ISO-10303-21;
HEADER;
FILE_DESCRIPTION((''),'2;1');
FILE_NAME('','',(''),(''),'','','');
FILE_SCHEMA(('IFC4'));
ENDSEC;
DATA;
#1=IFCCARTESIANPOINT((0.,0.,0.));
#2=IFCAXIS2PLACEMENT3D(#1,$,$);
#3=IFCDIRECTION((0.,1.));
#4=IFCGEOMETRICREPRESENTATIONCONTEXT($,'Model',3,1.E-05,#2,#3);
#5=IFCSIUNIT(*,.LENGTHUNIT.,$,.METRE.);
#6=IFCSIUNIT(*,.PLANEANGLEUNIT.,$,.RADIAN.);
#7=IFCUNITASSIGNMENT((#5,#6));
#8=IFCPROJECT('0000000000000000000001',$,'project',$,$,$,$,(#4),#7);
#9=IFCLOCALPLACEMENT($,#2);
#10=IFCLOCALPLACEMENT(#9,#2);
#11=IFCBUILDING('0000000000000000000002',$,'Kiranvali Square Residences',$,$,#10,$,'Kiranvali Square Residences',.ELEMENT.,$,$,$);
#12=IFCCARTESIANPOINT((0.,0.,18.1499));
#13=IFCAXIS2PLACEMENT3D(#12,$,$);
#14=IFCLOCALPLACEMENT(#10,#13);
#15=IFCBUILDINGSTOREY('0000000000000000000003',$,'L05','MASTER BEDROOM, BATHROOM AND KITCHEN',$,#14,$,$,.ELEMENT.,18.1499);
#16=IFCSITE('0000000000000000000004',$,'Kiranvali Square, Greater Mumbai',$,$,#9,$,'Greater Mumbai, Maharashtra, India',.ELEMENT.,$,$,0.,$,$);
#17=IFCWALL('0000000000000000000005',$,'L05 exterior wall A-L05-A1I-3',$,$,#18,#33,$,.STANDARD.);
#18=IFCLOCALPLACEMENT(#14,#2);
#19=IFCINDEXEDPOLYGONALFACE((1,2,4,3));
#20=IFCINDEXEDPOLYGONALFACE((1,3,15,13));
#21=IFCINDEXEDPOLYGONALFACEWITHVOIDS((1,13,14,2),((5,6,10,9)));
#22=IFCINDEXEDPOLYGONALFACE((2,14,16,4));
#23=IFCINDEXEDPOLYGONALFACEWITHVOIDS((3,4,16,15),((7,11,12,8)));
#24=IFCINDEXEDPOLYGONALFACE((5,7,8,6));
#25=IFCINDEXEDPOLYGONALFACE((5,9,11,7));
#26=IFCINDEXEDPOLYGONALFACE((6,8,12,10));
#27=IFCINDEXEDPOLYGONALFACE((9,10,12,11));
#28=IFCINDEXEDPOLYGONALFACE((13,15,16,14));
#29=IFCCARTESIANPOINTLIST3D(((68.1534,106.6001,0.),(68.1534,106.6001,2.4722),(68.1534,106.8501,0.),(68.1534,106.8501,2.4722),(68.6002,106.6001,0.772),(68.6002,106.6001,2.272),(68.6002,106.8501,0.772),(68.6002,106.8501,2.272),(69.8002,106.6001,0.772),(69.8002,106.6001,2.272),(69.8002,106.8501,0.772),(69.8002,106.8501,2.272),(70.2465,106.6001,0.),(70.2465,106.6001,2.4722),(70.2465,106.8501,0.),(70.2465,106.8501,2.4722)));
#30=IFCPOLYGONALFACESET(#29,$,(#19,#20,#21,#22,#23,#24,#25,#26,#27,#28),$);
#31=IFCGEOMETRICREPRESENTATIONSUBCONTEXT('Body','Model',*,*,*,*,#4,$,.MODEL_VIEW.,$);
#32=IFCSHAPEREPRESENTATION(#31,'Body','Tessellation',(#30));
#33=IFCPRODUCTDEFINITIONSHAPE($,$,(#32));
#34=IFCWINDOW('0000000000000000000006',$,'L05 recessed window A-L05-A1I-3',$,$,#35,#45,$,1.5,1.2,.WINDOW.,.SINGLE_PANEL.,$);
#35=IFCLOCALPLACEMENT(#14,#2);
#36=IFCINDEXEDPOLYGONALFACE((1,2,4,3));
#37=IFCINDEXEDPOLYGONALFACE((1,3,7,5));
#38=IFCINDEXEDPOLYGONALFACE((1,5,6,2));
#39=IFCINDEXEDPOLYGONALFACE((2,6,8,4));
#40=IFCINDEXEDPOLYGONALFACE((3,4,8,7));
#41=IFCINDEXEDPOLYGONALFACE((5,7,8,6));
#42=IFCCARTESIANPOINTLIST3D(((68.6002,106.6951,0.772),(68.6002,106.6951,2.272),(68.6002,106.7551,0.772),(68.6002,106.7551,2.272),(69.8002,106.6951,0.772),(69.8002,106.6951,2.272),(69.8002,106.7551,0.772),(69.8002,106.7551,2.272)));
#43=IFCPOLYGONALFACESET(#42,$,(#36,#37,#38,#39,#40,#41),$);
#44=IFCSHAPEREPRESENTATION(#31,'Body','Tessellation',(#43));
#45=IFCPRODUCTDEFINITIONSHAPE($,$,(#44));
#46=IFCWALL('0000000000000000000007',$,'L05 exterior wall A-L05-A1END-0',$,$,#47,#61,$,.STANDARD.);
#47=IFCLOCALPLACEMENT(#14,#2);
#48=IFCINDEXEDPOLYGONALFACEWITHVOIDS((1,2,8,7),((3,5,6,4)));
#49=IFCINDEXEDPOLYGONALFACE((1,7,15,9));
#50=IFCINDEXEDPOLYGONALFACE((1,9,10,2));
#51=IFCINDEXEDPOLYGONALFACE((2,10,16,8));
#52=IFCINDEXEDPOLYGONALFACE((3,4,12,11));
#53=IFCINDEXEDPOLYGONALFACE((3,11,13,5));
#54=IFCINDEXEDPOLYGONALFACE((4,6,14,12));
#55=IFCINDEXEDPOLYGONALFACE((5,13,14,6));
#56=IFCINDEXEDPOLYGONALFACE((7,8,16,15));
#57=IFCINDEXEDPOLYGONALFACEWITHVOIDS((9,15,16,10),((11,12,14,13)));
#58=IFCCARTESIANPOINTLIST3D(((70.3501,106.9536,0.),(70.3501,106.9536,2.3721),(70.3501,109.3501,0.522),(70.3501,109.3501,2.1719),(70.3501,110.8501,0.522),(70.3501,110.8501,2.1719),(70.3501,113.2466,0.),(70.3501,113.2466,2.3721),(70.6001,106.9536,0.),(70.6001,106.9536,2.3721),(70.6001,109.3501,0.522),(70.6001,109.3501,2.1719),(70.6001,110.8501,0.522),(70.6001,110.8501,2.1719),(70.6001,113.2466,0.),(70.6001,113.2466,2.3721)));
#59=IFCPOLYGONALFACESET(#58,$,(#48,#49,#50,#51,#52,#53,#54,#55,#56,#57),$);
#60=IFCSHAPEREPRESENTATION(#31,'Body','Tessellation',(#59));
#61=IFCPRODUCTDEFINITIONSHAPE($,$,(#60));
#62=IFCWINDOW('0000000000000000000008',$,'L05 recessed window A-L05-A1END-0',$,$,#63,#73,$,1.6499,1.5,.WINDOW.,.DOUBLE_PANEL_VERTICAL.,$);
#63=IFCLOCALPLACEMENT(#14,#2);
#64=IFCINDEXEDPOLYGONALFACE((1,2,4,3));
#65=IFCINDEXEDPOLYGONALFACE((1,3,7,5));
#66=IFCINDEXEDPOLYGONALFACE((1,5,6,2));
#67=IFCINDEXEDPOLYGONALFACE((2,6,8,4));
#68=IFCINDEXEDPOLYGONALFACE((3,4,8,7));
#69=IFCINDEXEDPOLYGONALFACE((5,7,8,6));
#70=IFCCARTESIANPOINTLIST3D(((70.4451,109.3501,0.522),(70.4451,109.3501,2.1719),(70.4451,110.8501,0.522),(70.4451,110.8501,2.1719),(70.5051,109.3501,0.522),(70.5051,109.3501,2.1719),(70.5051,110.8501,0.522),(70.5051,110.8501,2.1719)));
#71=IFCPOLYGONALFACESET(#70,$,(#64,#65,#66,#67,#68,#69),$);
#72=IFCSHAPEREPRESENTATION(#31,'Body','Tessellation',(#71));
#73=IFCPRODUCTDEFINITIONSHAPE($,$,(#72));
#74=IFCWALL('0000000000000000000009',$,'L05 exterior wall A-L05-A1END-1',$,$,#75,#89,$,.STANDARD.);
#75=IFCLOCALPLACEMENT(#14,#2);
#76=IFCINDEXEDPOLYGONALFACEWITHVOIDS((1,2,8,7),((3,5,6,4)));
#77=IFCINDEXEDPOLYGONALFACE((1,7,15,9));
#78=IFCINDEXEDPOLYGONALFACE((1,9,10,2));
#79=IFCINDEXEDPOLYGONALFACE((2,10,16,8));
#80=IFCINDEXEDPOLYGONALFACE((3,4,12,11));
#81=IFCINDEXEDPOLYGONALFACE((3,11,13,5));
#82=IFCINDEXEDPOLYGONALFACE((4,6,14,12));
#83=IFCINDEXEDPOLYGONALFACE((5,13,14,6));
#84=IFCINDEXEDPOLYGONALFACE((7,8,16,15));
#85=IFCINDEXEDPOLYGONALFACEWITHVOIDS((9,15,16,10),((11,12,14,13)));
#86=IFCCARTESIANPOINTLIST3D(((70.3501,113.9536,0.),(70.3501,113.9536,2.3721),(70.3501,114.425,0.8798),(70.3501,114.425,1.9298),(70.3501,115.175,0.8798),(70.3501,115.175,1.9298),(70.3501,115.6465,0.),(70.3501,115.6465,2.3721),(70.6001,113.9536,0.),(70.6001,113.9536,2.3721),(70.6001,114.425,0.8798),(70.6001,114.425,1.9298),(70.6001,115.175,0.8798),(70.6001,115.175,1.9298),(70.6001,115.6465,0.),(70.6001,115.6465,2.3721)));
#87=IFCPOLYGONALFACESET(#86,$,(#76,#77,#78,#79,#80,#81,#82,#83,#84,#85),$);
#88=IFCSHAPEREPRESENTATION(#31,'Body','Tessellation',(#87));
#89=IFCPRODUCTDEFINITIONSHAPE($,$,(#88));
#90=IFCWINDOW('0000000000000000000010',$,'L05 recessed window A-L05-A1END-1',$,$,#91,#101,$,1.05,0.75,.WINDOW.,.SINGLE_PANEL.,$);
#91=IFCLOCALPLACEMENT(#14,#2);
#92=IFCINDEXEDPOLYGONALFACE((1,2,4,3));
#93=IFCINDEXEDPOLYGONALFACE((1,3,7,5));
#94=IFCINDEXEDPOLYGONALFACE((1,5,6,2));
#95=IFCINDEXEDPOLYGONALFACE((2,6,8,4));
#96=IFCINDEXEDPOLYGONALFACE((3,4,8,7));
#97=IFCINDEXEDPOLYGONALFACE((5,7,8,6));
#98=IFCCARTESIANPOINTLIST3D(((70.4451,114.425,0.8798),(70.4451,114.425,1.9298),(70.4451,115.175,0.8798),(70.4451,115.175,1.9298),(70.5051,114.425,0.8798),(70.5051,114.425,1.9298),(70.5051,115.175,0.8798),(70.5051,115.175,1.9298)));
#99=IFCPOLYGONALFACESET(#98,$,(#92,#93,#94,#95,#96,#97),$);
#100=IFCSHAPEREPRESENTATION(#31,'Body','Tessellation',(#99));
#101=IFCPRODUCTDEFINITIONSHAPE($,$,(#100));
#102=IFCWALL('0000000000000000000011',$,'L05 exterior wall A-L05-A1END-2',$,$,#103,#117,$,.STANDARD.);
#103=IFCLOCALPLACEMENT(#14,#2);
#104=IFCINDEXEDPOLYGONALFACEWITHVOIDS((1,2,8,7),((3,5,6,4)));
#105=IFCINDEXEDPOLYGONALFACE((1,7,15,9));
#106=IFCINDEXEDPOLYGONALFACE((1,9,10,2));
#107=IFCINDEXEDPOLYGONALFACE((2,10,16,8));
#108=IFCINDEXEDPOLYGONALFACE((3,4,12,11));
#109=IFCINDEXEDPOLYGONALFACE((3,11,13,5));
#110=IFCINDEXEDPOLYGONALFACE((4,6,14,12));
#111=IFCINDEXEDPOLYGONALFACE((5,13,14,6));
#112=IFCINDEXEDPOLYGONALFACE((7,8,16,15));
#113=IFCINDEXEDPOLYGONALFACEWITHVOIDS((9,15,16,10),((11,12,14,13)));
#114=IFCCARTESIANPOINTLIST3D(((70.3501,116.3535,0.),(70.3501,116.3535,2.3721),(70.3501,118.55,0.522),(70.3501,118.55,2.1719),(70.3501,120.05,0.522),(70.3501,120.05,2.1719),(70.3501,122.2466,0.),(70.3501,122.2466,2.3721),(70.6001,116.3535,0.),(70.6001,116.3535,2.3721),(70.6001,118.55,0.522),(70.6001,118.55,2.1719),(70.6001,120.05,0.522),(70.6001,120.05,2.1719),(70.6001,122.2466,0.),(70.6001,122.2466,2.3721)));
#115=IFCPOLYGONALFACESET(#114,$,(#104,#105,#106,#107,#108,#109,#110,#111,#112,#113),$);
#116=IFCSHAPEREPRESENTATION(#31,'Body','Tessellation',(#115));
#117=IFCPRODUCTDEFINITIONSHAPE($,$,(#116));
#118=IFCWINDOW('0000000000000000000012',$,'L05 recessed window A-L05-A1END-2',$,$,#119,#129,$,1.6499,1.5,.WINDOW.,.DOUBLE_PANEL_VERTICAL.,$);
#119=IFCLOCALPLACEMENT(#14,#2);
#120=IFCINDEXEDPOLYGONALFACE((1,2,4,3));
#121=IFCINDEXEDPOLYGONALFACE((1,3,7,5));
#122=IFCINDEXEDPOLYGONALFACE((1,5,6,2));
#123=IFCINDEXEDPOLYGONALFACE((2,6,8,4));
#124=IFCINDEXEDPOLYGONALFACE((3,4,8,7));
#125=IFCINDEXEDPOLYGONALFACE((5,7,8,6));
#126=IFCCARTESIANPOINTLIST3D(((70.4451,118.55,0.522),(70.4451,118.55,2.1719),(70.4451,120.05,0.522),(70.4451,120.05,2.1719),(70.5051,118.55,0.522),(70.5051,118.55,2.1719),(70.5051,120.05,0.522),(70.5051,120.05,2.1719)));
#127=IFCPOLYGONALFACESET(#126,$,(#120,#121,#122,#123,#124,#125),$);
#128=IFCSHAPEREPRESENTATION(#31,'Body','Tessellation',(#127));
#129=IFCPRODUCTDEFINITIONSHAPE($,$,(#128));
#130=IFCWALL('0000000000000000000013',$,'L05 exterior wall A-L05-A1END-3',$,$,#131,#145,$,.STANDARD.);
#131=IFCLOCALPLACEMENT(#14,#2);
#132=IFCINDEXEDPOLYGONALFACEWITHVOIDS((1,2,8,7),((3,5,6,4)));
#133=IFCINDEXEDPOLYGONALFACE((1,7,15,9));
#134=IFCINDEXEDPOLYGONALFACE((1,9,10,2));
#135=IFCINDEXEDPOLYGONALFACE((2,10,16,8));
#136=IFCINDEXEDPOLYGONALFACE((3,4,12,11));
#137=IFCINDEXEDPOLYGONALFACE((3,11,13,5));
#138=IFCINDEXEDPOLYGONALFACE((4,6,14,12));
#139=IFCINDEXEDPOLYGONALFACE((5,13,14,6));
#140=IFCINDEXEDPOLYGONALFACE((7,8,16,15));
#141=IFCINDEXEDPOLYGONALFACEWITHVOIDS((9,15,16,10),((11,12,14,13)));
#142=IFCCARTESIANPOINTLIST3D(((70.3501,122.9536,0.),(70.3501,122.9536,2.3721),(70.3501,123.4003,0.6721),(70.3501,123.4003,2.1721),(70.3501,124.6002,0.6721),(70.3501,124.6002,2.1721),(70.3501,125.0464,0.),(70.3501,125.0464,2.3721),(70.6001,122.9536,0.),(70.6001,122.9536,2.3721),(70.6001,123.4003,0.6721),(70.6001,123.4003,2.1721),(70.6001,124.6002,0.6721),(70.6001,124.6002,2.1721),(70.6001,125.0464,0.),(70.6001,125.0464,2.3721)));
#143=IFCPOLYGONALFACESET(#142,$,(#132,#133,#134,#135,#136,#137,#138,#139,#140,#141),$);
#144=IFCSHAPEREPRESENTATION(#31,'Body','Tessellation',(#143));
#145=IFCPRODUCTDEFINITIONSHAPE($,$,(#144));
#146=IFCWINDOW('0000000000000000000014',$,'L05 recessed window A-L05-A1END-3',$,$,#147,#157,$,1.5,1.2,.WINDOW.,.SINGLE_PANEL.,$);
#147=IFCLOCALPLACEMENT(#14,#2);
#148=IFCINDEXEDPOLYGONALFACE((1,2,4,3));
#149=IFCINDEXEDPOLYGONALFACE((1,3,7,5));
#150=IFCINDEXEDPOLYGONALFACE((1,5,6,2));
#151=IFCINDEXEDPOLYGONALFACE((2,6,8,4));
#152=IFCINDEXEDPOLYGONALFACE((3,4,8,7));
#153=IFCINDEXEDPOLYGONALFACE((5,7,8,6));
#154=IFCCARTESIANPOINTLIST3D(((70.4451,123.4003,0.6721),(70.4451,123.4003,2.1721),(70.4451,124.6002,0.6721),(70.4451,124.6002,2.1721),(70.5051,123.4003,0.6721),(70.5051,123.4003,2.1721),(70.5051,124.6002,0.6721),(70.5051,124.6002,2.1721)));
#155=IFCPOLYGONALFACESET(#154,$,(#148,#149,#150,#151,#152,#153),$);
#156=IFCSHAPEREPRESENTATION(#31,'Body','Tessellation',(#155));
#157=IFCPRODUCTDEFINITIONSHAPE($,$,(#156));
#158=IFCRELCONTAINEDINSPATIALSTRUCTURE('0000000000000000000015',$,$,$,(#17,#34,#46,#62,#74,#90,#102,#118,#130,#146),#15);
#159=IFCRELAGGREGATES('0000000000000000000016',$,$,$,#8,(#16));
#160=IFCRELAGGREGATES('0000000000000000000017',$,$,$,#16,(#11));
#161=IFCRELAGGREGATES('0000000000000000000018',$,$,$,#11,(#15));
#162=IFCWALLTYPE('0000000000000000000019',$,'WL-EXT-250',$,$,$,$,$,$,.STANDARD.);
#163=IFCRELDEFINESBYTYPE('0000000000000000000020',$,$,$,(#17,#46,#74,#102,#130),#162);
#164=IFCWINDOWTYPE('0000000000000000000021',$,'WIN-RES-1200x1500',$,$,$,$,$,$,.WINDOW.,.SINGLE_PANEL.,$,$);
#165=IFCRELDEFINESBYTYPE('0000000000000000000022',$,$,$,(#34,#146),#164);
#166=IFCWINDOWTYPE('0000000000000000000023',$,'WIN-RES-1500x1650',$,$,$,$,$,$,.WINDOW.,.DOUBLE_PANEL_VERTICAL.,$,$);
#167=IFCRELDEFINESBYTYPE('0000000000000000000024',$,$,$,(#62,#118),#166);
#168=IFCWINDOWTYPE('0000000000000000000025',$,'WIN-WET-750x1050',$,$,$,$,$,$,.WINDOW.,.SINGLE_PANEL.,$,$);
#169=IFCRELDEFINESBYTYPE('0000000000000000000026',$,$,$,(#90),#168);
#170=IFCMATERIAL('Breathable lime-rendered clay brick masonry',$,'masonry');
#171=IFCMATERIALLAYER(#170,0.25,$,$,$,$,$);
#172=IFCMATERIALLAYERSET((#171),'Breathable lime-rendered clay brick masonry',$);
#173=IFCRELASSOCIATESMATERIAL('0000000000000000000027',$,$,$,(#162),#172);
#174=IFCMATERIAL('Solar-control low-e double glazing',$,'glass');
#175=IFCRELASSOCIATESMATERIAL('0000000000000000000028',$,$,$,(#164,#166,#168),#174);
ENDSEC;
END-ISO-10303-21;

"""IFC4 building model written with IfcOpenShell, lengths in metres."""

from ifc_helpers import new_model, si_unit, direction, frame, frame_2d, origin, place, context, subcontext, project, spatial, rectangle, extrude, material, layer, layer_set, type_object, element, fill, save


model = new_model("IFC4")

# Units and contexts
model_context = context("Model", 3, precision=1e-05, world=origin(), true_north=direction((0.0, 1.0)))
body_context = subcontext(model_context, "Body", "Model", "MODEL_VIEW")
ifc_project = project(units=[si_unit("LENGTHUNIT", "METRE"), si_unit("PLANEANGLEUNIT", "RADIAN")], contexts=[model_context])

# Site, building, storey
site_placement = place(None, origin())
site = spatial("IfcSite", under=ifc_project, at=site_placement, Name="Kiranvali Square, Greater Mumbai", LongName="Greater Mumbai, Maharashtra, India", CompositionType="ELEMENT", RefElevation=0.0)
building_placement = place(site_placement, origin())
building = spatial("IfcBuilding", under=site, at=building_placement, Name="Kiranvali Square Residences", LongName="Kiranvali Square Residences", CompositionType="ELEMENT")
storey_placement = place(building_placement, frame((0.0, 0.0, 18.1499)))
storey = spatial("IfcBuildingStorey", under=building, at=storey_placement, Name="L05", Description="MASTER BEDROOM, BATHROOM AND KITCHEN", CompositionType="ELEMENT", Elevation=18.1499)

# Walls, openings, windows
ifc_material_1 = material(Name="Breathable lime-rendered clay brick masonry", Category="masonry")
ifc_layer_1 = layer(ifc_material_1, 0.25)
ifc_layer_set_1 = layer_set([ifc_layer_1], Name="Breathable lime-rendered clay brick masonry")
wall_type_1 = type_object("IfcWallType", Name="WL-EXT-250", PredefinedType="STANDARD", material=ifc_layer_set_1)
ifc_material_2 = material(Name="Solar-control low-e double glazing", Category="glass")
wall_1_placement = place(storey_placement, frame((68.1536, 106.7251, 0.0), z_axis=(0.0, 0.0, 1.0), x_axis=(1.0, 0.0, 0.0)))
wall_1 = element("IfcWall", 1, at=wall_1_placement, inside=storey, type_object=wall_type_1, Name="L05 exterior wall A-L05-A1I-3", PredefinedType="STANDARD", context=body_context, shape_type="SweptSolid", body=[
    extrude(rectangle(XDim=2.093, YDim=0.25, at=frame_2d((1.0464, 0.0))), origin(), (0.0, 0.0, 1.0), 2.4722),
])
opening_1_placement = place(wall_1_placement, frame((0.4465, 0.0, 0.772)))
opening_1 = element("IfcOpeningElement", 2, at=opening_1_placement, cuts=wall_1, PredefinedType="OPENING", context=body_context, shape_type="SweptSolid", body=[
    extrude(rectangle(XDim=1.2, YDim=1.5, at=frame_2d((0.6001, 0.75))), frame((0.0, 0.135, 0.0), z_axis=(0.0, -1.0, 0.0), x_axis=(1.0, 0.0, 0.0)), (0.0, 0.0, 1.0), 0.27),
])
window_type_1 = type_object("IfcWindowType", Name="WIN-RES-1200x1500", PartitioningType="SINGLE_PANEL", PredefinedType="WINDOW", material=ifc_material_2)
window_1_placement = place(opening_1_placement, origin())
window_1 = element("IfcWindow", 3, at=window_1_placement, inside=storey, type_object=window_type_1, Name="L05 recessed window A-L05-A1I-3", OverallHeight=1.5, OverallWidth=1.2, PartitioningType="SINGLE_PANEL", PredefinedType="WINDOW", context=body_context, shape_type="SweptSolid", body=[
    extrude(rectangle(XDim=1.2, YDim=1.5, at=frame_2d((0.6001, 0.75))), frame((0.0, 0.03, 0.0), z_axis=(0.0, -1.0, 0.0), x_axis=(1.0, 0.0, 0.0)), (0.0, 0.0, 1.0), 0.0601),
])
fill(opening_1, window_1)
wall_2_placement = place(storey_placement, frame((70.4751, 106.9536, 0.0), z_axis=(0.0, 0.0, 1.0), x_axis=(0.0, 1.0, 0.0)))
wall_2 = element("IfcWall", 4, at=wall_2_placement, inside=storey, type_object=wall_type_1, Name="L05 exterior wall A-L05-A1END-0", PredefinedType="STANDARD", context=body_context, shape_type="SweptSolid", body=[
    extrude(rectangle(XDim=6.293, YDim=0.25, at=frame_2d((3.1465, 0.0))), origin(), (0.0, 0.0, 1.0), 2.3721),
])
opening_2_placement = place(wall_2_placement, frame((2.3965, 0.0, 0.522)))
opening_2 = element("IfcOpeningElement", 5, at=opening_2_placement, cuts=wall_2, PredefinedType="OPENING", context=body_context, shape_type="SweptSolid", body=[
    extrude(rectangle(XDim=1.5, YDim=1.6499, at=frame_2d((0.75, 0.825))), frame((0.0, 0.135, 0.0), z_axis=(0.0, -1.0, 0.0), x_axis=(1.0, 0.0, 0.0)), (0.0, 0.0, 1.0), 0.27),
])
window_type_2 = type_object("IfcWindowType", Name="WIN-RES-1500x1650", PartitioningType="DOUBLE_PANEL_VERTICAL", PredefinedType="WINDOW", material=ifc_material_2)
window_2_placement = place(opening_2_placement, origin())
window_2 = element("IfcWindow", 6, at=window_2_placement, inside=storey, type_object=window_type_2, Name="L05 recessed window A-L05-A1END-0", OverallHeight=1.6499, OverallWidth=1.5, PartitioningType="DOUBLE_PANEL_VERTICAL", PredefinedType="WINDOW", context=body_context, shape_type="SweptSolid", body=[
    extrude(rectangle(XDim=1.5, YDim=1.6499, at=frame_2d((0.75, 0.825))), frame((0.0, 0.03, 0.0), z_axis=(0.0, -1.0, 0.0), x_axis=(1.0, 0.0, 0.0)), (0.0, 0.0, 1.0), 0.0601),
])
fill(opening_2, window_2)
wall_3_placement = place(storey_placement, frame((70.4751, 113.9536, 0.0), z_axis=(0.0, 0.0, 1.0), x_axis=(0.0, 1.0, 0.0)))
wall_3 = element("IfcWall", 7, at=wall_3_placement, inside=storey, type_object=wall_type_1, Name="L05 exterior wall A-L05-A1END-1", PredefinedType="STANDARD", context=body_context, shape_type="SweptSolid", body=[
    extrude(rectangle(XDim=1.6929, YDim=0.25, at=frame_2d((0.8464, 0.0))), origin(), (0.0, 0.0, 1.0), 2.3721),
])
opening_3_placement = place(wall_3_placement, frame((0.4714, 0.0, 0.8799)))
opening_3 = element("IfcOpeningElement", 8, at=opening_3_placement, cuts=wall_3, PredefinedType="OPENING", context=body_context, shape_type="SweptSolid", body=[
    extrude(rectangle(XDim=0.75, YDim=1.05, at=frame_2d((0.375, 0.5249))), frame((0.0, 0.135, 0.0), z_axis=(0.0, -1.0, 0.0), x_axis=(1.0, 0.0, 0.0)), (0.0, 0.0, 1.0), 0.27),
])
window_type_3 = type_object("IfcWindowType", Name="WIN-WET-750x1050", PartitioningType="SINGLE_PANEL", PredefinedType="WINDOW", material=ifc_material_2)
window_3_placement = place(opening_3_placement, origin())
window_3 = element("IfcWindow", 9, at=window_3_placement, inside=storey, type_object=window_type_3, Name="L05 recessed window A-L05-A1END-1", OverallHeight=1.05, OverallWidth=0.75, PartitioningType="SINGLE_PANEL", PredefinedType="WINDOW", context=body_context, shape_type="SweptSolid", body=[
    extrude(rectangle(XDim=0.75, YDim=1.05, at=frame_2d((0.375, 0.5249))), frame((0.0, 0.03, 0.0), z_axis=(0.0, -1.0, 0.0), x_axis=(1.0, 0.0, 0.0)), (0.0, 0.0, 1.0), 0.0601),
])
fill(opening_3, window_3)
wall_4_placement = place(storey_placement, frame((70.4751, 116.3535, 0.0), z_axis=(0.0, 0.0, 1.0), x_axis=(0.0, 1.0, 0.0)))
wall_4 = element("IfcWall", 10, at=wall_4_placement, inside=storey, type_object=wall_type_1, Name="L05 exterior wall A-L05-A1END-2", PredefinedType="STANDARD", context=body_context, shape_type="SweptSolid", body=[
    extrude(rectangle(XDim=5.8931, YDim=0.25, at=frame_2d((2.9465, 0.0))), origin(), (0.0, 0.0, 1.0), 2.3721),
])
opening_4_placement = place(wall_4_placement, frame((2.1965, 0.0, 0.522)))
opening_4 = element("IfcOpeningElement", 11, at=opening_4_placement, cuts=wall_4, PredefinedType="OPENING", context=body_context, shape_type="SweptSolid", body=[
    extrude(rectangle(XDim=1.5, YDim=1.6499, at=frame_2d((0.75, 0.825))), frame((0.0, 0.135, 0.0), z_axis=(0.0, -1.0, 0.0), x_axis=(1.0, 0.0, 0.0)), (0.0, 0.0, 1.0), 0.27),
])
window_4_placement = place(opening_4_placement, origin())
window_4 = element("IfcWindow", 12, at=window_4_placement, inside=storey, type_object=window_type_2, Name="L05 recessed window A-L05-A1END-2", OverallHeight=1.6499, OverallWidth=1.5, PartitioningType="DOUBLE_PANEL_VERTICAL", PredefinedType="WINDOW", context=body_context, shape_type="SweptSolid", body=[
    extrude(rectangle(XDim=1.5, YDim=1.6499, at=frame_2d((0.75, 0.825))), frame((0.0, 0.03, 0.0), z_axis=(0.0, -1.0, 0.0), x_axis=(1.0, 0.0, 0.0)), (0.0, 0.0, 1.0), 0.0601),
])
fill(opening_4, window_4)
wall_5_placement = place(storey_placement, frame((70.4751, 122.9536, 0.0), z_axis=(0.0, 0.0, 1.0), x_axis=(0.0, 1.0, 0.0)))
wall_5 = element("IfcWall", 13, at=wall_5_placement, inside=storey, type_object=wall_type_1, Name="L05 exterior wall A-L05-A1END-3", PredefinedType="STANDARD", context=body_context, shape_type="SweptSolid", body=[
    extrude(rectangle(XDim=2.0928, YDim=0.25, at=frame_2d((1.0464, 0.0))), origin(), (0.0, 0.0, 1.0), 2.3721),
])
opening_5_placement = place(wall_5_placement, frame((0.4465, 0.0, 0.6721)))
opening_5 = element("IfcOpeningElement", 14, at=opening_5_placement, cuts=wall_5, PredefinedType="OPENING", context=body_context, shape_type="SweptSolid", body=[
    extrude(rectangle(XDim=1.2, YDim=1.5, at=frame_2d((0.6001, 0.75))), frame((0.0, 0.135, 0.0), z_axis=(0.0, -1.0, 0.0), x_axis=(1.0, 0.0, 0.0)), (0.0, 0.0, 1.0), 0.27),
])
window_5_placement = place(opening_5_placement, origin())
window_5 = element("IfcWindow", 15, at=window_5_placement, inside=storey, type_object=window_type_1, Name="L05 recessed window A-L05-A1END-3", OverallHeight=1.5, OverallWidth=1.2, PartitioningType="SINGLE_PANEL", PredefinedType="WINDOW", context=body_context, shape_type="SweptSolid", body=[
    extrude(rectangle(XDim=1.2, YDim=1.5, at=frame_2d((0.6001, 0.75))), frame((0.0, 0.03, 0.0), z_axis=(0.0, -1.0, 0.0), x_axis=(1.0, 0.0, 0.0)), (0.0, 0.0, 1.0), 0.0601),
])
fill(opening_5, window_5)

save(model, "model.ifc")
